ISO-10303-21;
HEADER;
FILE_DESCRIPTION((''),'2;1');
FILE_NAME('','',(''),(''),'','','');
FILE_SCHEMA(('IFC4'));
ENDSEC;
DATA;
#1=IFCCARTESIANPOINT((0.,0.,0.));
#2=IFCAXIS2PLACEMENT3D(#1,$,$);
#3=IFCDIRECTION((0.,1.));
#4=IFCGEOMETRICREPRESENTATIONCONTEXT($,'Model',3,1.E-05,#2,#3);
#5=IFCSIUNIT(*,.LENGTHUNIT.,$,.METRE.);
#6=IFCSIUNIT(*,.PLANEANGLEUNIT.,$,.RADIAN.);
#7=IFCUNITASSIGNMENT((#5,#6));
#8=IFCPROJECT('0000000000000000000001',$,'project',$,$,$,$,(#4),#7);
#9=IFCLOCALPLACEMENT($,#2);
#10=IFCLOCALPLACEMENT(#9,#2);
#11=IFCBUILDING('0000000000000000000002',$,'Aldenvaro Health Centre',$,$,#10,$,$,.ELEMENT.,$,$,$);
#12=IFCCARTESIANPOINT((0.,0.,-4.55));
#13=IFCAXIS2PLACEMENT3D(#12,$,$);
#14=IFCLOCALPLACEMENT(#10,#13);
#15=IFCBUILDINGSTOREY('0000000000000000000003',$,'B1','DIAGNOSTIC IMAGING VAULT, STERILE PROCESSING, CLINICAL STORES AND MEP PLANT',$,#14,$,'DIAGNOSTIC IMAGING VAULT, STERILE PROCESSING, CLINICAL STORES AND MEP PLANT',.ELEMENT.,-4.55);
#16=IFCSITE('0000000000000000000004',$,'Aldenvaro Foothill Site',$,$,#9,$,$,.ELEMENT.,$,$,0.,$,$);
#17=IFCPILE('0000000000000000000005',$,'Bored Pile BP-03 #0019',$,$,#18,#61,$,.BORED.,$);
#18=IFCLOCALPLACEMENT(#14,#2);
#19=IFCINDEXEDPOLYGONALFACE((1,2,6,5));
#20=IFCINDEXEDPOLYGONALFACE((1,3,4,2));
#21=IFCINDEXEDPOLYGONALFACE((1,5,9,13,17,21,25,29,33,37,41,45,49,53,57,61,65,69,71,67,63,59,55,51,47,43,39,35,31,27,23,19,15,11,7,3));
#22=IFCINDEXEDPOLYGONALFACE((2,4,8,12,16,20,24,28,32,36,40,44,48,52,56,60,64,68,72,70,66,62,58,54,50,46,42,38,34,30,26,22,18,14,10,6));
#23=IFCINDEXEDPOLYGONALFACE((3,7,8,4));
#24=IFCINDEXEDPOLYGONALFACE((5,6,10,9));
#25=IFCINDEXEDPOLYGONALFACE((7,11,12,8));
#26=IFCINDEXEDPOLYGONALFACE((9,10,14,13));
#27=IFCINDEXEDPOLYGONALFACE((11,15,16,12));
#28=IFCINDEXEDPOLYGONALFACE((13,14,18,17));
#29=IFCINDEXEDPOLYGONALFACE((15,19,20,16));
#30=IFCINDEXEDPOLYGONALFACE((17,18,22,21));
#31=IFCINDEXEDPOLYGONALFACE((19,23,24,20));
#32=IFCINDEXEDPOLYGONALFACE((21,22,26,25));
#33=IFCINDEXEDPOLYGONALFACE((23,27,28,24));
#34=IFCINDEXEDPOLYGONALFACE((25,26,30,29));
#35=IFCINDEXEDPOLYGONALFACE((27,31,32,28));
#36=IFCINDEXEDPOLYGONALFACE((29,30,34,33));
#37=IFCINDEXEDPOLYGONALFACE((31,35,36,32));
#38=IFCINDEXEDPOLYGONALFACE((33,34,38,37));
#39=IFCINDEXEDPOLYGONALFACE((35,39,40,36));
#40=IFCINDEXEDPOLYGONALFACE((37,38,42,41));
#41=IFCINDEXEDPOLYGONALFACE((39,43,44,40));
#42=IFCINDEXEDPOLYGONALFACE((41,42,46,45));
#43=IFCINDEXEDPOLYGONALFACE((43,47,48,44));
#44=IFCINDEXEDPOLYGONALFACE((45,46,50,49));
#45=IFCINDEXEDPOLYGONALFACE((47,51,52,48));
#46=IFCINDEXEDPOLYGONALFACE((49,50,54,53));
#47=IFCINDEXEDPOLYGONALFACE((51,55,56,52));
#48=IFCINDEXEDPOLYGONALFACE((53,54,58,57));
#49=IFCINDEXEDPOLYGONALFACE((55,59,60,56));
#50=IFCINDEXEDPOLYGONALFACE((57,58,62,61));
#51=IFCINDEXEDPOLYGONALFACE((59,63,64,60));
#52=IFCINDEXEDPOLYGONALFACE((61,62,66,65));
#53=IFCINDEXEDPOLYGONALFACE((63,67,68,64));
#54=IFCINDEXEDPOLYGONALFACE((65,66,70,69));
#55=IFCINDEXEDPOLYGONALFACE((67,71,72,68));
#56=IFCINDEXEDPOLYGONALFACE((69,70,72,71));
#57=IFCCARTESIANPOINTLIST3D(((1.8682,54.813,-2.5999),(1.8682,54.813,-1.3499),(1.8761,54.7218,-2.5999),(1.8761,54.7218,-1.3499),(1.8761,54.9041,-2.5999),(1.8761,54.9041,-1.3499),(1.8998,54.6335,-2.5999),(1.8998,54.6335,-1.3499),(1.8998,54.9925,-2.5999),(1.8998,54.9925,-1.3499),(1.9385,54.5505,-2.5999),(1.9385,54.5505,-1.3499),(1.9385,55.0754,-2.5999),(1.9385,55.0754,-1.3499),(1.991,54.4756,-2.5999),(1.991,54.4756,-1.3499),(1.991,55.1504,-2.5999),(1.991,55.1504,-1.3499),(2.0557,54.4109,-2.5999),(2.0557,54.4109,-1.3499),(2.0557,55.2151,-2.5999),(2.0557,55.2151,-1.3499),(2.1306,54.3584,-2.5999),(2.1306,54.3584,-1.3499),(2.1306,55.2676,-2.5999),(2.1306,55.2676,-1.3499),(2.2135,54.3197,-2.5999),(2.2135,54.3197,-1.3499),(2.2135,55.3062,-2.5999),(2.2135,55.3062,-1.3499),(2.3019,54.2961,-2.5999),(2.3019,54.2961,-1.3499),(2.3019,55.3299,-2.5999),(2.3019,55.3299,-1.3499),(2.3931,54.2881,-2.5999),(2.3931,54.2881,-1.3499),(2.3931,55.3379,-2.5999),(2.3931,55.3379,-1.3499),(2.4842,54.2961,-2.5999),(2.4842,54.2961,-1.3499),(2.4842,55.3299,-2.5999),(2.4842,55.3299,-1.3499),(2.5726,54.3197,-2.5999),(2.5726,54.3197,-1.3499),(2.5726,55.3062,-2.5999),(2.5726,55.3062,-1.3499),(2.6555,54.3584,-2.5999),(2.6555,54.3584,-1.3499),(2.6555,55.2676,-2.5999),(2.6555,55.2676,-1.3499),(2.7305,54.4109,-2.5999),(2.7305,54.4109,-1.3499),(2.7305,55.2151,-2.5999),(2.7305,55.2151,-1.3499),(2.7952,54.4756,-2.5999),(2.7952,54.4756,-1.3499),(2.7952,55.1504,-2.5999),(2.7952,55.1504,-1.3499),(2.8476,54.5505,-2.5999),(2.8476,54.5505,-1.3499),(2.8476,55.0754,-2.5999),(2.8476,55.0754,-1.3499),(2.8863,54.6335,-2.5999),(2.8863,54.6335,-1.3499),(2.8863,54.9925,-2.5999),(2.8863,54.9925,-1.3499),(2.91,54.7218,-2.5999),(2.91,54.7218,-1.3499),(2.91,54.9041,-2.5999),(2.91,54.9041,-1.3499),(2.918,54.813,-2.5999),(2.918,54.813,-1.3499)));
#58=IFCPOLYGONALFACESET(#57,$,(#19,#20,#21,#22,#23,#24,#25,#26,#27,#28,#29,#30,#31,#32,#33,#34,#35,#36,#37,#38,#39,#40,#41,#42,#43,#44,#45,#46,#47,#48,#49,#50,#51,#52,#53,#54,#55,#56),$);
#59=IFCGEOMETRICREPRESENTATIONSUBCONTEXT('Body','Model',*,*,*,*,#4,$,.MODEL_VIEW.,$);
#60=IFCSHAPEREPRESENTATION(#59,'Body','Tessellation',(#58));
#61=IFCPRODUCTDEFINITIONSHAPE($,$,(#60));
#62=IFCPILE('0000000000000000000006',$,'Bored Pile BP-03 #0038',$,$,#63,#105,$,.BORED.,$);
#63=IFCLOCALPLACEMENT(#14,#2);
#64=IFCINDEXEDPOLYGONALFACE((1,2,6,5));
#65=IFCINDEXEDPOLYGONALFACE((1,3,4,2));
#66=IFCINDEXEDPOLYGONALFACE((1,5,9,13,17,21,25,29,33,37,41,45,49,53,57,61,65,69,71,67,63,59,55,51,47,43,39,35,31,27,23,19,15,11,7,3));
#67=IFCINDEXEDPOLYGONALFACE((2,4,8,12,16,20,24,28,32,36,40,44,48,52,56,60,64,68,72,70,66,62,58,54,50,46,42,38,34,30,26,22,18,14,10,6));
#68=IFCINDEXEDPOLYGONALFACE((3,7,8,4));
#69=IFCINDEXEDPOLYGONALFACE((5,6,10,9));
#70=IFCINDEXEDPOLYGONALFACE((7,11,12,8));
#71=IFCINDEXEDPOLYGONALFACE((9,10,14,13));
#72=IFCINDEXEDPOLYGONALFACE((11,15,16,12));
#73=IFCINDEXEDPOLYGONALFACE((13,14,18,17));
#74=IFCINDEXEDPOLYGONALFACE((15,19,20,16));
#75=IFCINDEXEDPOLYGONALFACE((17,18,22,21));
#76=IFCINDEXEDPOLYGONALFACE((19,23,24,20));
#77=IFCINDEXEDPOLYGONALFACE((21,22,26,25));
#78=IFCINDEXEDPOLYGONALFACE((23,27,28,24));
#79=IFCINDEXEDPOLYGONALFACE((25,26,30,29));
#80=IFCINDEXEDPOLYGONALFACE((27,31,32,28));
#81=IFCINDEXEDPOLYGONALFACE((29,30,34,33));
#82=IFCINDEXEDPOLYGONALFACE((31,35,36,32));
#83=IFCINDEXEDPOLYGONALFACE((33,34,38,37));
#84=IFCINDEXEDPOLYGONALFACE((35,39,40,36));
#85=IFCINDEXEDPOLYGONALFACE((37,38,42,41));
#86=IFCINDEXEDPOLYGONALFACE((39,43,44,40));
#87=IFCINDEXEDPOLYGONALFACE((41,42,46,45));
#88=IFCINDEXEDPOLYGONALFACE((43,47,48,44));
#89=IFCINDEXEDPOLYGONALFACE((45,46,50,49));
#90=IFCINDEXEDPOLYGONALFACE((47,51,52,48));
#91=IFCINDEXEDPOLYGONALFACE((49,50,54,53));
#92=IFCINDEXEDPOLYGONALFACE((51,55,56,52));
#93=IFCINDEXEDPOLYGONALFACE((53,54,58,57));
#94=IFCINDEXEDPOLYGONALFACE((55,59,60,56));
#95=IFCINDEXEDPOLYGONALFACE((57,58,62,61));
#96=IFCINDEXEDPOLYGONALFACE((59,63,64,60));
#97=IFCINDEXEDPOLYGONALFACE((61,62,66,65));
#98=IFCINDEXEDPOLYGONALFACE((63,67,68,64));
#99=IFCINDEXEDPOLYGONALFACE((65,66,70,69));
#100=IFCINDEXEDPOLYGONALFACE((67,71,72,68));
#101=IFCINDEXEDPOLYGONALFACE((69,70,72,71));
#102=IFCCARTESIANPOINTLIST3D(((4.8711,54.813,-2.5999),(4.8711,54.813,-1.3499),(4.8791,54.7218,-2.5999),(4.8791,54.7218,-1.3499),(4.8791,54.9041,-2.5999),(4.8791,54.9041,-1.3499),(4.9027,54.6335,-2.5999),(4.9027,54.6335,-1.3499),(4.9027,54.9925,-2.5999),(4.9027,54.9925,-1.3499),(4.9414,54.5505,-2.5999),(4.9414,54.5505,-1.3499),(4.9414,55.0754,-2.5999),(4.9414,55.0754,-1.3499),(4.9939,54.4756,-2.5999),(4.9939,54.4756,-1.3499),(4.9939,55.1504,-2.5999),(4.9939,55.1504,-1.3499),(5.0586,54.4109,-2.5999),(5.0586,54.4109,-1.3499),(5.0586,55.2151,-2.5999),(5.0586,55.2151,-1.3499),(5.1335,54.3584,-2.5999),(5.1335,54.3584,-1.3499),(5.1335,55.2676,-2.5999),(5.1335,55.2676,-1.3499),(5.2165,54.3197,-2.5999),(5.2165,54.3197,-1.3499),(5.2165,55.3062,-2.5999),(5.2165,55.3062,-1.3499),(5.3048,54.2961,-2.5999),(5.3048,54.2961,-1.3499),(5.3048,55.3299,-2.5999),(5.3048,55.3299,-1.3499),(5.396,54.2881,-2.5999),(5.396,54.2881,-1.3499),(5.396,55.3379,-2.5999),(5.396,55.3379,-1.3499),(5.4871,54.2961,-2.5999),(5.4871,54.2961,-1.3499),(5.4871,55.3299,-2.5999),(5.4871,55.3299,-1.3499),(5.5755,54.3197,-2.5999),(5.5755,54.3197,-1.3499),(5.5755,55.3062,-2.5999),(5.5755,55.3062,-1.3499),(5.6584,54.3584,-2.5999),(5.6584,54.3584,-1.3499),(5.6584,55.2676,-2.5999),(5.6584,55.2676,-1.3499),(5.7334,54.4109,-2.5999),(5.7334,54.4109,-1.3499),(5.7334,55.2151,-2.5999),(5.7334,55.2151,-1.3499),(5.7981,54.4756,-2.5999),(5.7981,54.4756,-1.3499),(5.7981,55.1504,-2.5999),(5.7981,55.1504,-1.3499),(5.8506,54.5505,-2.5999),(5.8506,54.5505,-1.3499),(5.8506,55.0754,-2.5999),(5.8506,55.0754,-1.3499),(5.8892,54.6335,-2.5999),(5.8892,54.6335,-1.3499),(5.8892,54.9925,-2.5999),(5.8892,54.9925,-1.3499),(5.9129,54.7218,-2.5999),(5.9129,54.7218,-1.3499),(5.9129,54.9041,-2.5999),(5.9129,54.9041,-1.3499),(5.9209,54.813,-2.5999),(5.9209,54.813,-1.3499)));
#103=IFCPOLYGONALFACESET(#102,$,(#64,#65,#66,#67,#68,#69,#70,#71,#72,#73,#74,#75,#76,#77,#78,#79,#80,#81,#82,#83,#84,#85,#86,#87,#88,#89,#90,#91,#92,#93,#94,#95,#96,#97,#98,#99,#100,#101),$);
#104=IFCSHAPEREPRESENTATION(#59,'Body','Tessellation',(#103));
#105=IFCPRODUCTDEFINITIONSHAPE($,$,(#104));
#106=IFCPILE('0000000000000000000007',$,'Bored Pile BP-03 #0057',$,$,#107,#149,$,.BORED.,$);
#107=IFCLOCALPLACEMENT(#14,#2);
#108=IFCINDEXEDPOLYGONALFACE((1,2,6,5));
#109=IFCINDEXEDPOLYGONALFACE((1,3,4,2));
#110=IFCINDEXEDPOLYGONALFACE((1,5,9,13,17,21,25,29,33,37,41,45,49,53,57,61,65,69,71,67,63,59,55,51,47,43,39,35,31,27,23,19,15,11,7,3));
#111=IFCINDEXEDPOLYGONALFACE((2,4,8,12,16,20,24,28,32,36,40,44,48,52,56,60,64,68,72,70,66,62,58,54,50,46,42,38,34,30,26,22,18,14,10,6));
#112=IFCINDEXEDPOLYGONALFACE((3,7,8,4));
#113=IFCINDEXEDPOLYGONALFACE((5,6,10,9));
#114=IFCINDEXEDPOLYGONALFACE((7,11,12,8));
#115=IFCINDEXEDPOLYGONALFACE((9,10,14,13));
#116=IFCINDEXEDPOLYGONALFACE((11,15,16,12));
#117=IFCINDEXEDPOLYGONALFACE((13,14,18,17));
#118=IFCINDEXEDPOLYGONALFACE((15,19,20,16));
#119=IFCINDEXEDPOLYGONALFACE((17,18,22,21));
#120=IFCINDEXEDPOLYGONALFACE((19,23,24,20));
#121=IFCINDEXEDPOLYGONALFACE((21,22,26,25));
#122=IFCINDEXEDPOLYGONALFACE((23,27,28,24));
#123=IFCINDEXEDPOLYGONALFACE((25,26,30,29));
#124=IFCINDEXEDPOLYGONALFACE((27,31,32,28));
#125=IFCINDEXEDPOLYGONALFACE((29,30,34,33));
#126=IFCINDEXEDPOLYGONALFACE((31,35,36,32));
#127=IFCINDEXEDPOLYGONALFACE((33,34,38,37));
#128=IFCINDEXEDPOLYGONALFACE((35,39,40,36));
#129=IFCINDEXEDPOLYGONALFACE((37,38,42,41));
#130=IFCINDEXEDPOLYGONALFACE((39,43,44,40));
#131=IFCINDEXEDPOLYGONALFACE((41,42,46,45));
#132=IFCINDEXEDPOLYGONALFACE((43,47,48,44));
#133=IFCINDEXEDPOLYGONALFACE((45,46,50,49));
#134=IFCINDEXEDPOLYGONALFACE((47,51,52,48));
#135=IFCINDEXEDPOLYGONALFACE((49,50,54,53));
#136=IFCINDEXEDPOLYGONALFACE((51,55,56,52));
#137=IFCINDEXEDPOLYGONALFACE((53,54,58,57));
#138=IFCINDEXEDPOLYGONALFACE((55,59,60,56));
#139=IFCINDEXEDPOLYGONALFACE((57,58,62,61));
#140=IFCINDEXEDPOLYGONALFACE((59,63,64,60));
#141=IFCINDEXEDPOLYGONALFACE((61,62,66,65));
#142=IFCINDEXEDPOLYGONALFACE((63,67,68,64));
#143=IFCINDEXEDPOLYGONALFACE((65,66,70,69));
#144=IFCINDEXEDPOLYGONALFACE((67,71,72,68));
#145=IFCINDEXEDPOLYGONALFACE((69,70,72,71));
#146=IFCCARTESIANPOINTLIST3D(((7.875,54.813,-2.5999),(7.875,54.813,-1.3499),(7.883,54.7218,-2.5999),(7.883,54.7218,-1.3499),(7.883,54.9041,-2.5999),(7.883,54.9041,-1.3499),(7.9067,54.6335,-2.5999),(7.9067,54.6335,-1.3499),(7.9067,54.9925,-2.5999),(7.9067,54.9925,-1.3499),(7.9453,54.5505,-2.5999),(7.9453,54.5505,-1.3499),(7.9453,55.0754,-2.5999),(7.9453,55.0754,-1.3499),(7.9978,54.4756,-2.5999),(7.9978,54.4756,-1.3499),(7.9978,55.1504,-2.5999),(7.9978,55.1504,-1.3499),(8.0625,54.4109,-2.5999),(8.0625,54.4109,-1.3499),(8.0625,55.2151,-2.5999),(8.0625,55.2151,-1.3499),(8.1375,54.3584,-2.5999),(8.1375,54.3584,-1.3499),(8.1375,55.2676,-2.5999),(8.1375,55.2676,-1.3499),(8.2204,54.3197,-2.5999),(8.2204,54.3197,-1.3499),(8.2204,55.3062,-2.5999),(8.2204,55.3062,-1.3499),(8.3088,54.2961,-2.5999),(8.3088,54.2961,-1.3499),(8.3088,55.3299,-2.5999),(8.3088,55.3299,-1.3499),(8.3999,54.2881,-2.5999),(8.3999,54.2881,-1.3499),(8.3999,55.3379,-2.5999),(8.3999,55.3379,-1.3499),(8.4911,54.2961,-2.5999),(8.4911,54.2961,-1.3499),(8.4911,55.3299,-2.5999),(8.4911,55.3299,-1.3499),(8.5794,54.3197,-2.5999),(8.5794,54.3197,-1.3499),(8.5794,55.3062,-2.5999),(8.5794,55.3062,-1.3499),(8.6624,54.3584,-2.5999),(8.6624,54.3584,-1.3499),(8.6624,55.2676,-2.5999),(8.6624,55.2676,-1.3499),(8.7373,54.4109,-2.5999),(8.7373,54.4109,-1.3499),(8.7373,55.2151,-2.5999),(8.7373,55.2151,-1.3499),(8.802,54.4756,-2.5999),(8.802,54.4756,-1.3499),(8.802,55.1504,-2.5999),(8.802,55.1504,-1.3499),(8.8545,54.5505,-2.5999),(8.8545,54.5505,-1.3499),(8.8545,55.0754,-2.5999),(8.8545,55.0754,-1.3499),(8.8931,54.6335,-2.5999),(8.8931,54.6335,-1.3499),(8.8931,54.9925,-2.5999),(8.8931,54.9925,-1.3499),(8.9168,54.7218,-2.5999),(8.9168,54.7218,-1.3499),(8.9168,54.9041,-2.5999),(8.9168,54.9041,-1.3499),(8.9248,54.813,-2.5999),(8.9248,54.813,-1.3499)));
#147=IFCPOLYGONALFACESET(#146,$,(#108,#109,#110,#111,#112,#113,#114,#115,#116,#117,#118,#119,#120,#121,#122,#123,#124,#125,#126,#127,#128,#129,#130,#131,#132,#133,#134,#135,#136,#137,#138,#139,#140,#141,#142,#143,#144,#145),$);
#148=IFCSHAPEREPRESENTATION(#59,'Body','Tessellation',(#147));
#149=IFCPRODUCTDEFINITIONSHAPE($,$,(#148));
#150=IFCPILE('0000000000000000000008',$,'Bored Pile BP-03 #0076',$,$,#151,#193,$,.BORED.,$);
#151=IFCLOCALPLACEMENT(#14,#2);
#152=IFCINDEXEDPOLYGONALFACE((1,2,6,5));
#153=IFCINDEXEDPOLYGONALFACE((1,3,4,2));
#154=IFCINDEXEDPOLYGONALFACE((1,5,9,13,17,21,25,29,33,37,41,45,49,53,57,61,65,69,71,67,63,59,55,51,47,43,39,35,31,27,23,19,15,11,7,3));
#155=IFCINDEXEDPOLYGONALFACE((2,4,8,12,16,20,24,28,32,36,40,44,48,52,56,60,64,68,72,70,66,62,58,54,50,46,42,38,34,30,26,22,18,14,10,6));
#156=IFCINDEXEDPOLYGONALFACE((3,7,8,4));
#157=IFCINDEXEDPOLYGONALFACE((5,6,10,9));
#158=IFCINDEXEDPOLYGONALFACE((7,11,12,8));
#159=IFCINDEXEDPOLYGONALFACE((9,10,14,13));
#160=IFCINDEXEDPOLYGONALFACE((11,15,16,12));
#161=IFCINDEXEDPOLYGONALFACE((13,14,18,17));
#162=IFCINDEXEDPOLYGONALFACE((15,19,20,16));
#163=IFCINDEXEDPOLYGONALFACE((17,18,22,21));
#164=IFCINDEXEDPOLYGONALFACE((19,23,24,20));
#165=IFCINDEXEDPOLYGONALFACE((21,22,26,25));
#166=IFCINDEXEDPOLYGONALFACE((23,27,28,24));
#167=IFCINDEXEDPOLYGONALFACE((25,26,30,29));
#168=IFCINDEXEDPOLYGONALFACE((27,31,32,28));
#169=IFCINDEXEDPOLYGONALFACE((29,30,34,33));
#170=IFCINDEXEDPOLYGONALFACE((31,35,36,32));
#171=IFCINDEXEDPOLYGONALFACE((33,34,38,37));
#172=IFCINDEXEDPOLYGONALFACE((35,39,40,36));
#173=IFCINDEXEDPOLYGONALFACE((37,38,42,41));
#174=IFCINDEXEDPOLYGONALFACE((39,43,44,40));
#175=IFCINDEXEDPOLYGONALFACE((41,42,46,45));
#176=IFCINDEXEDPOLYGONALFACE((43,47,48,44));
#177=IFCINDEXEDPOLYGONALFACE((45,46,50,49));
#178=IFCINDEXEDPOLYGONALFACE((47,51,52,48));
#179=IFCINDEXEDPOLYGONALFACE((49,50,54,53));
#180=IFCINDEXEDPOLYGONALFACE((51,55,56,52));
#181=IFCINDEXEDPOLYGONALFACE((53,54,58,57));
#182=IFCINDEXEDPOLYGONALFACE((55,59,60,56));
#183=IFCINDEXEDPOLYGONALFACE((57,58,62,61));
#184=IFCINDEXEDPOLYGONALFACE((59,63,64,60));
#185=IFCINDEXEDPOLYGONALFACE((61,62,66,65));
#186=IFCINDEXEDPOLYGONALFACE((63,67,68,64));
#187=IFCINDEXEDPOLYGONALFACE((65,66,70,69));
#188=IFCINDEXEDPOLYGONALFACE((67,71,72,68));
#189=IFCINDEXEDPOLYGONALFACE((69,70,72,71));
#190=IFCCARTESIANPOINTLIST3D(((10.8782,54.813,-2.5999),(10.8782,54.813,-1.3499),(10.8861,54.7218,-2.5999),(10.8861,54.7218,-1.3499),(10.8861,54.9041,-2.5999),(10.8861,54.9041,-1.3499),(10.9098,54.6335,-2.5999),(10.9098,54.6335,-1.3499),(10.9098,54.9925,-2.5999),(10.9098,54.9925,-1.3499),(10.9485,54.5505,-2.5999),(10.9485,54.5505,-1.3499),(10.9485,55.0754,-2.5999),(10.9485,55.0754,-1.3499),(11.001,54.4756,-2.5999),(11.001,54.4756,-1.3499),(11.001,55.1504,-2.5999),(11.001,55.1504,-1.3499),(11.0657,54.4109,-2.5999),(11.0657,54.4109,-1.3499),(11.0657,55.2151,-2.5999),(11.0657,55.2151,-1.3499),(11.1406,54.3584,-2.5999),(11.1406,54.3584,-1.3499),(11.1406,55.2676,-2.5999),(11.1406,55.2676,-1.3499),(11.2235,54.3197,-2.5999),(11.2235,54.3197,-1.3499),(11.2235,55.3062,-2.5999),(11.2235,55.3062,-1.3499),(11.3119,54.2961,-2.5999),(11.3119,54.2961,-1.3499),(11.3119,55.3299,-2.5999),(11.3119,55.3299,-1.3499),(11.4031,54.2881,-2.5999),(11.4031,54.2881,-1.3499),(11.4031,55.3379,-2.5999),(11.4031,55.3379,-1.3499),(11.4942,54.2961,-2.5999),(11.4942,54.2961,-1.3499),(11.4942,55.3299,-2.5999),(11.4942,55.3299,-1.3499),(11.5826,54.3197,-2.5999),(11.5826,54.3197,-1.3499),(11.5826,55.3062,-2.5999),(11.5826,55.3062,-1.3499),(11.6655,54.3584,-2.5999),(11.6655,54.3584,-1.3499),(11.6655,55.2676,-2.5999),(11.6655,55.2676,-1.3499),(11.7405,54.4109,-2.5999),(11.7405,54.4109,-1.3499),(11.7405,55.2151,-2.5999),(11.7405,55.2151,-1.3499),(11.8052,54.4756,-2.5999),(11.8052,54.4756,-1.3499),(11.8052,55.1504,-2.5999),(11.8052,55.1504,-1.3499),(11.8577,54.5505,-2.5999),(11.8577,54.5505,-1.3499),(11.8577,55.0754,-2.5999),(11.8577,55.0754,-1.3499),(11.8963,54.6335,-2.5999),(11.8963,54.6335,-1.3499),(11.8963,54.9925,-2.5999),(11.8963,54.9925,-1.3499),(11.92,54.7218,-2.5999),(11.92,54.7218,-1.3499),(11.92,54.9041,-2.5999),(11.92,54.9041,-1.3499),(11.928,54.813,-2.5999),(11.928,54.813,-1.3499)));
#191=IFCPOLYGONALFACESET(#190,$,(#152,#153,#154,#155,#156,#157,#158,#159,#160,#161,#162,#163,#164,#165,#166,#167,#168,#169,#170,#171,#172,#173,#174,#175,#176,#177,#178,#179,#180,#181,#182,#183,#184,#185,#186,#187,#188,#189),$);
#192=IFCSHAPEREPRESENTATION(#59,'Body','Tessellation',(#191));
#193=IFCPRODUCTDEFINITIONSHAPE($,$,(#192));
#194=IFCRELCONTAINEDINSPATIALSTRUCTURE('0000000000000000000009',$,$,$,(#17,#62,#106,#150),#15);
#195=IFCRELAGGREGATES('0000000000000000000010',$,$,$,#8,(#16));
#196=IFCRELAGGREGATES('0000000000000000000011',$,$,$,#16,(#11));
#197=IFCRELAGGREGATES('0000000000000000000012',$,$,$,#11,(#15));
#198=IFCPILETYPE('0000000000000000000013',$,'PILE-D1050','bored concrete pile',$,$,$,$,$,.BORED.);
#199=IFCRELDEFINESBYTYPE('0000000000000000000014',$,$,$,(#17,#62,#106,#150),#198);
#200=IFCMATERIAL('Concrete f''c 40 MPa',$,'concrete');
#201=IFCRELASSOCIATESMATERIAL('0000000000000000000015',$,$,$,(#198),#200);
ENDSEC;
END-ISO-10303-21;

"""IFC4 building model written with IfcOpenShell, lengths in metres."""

from ifc_helpers import new_model, si_unit, direction, frame, origin, origin_2d, place, context, subcontext, project, spatial, circle, extrude, material, material_profile, profile_set, type_object, element, save


model = new_model("IFC4")

# Units and contexts
model_context = context("Model", 3, precision=1e-05, world=origin(), true_north=direction((0.0, 1.0)))
body_context = subcontext(model_context, "Body", "Model", "MODEL_VIEW")
ifc_project = project(units=[si_unit("LENGTHUNIT", "METRE"), si_unit("PLANEANGLEUNIT", "RADIAN")], contexts=[model_context])

# Site, building, storey
site_placement = place(None, origin())
site = spatial("IfcSite", under=ifc_project, at=site_placement, Name="Aldenvaro Foothill Site", CompositionType="ELEMENT", RefElevation=0.0)
building_placement = place(site_placement, origin())
building = spatial("IfcBuilding", under=site, at=building_placement, Name="Aldenvaro Health Centre", CompositionType="ELEMENT")
storey_placement = place(building_placement, frame((0.0, 0.0, -4.55)))
storey = spatial("IfcBuildingStorey", under=building, at=storey_placement, Name="B1", Description="DIAGNOSTIC IMAGING VAULT, STERILE PROCESSING, CLINICAL STORES AND MEP PLANT", LongName="DIAGNOSTIC IMAGING VAULT, STERILE PROCESSING, CLINICAL STORES AND MEP PLANT", CompositionType="ELEMENT", Elevation=-4.55)

# Piles
ifc_material_1 = material(Name="Concrete f'c 40 MPa", Category="concrete")
ifc_material_profile_1 = material_profile(ifc_material_1, circle(Radius=0.5249, at=origin_2d()), Name="PILE D1050", Category="concrete")
ifc_profile_set_1 = profile_set([ifc_material_profile_1], Name="Concrete f'c 40 MPa")
pile_type_1 = type_object("IfcPileType", Name="PILE-D1050", Description="bored concrete pile", PredefinedType="BORED", material=ifc_profile_set_1)
for number, where, z_axis, x_axis, name in (
    (1, (2.3931, 54.813, -1.3499), (0.0, 0.0, -1.0), (1.0, 0.0, 0.0), "Bored Pile BP-03 #0019"),
    (2, (5.396, 54.813, -1.3499), (0.0, 0.0, -1.0), (1.0, 0.0, 0.0), "Bored Pile BP-03 #0038"),
    (3, (8.3999, 54.813, -1.3499), (0.0, 0.0, -1.0), (1.0, 0.0, 0.0), "Bored Pile BP-03 #0057"),
    (4, (11.4031, 54.813, -1.3499), (0.0, 0.0, -1.0), (1.0, 0.0, 0.0), "Bored Pile BP-03 #0076"),
):
    element("IfcPile", number, at=place(storey_placement, frame(where, z_axis=z_axis, x_axis=x_axis)), inside=storey, type_object=pile_type_1, Name=name, PredefinedType="BORED", context=body_context, shape_type="SweptSolid", body=[
        extrude(circle(Radius=0.5249, at=origin_2d()), origin(), (0.0, 0.0, 1.0), 1.25),
    ])

save(model, "model.ifc")
